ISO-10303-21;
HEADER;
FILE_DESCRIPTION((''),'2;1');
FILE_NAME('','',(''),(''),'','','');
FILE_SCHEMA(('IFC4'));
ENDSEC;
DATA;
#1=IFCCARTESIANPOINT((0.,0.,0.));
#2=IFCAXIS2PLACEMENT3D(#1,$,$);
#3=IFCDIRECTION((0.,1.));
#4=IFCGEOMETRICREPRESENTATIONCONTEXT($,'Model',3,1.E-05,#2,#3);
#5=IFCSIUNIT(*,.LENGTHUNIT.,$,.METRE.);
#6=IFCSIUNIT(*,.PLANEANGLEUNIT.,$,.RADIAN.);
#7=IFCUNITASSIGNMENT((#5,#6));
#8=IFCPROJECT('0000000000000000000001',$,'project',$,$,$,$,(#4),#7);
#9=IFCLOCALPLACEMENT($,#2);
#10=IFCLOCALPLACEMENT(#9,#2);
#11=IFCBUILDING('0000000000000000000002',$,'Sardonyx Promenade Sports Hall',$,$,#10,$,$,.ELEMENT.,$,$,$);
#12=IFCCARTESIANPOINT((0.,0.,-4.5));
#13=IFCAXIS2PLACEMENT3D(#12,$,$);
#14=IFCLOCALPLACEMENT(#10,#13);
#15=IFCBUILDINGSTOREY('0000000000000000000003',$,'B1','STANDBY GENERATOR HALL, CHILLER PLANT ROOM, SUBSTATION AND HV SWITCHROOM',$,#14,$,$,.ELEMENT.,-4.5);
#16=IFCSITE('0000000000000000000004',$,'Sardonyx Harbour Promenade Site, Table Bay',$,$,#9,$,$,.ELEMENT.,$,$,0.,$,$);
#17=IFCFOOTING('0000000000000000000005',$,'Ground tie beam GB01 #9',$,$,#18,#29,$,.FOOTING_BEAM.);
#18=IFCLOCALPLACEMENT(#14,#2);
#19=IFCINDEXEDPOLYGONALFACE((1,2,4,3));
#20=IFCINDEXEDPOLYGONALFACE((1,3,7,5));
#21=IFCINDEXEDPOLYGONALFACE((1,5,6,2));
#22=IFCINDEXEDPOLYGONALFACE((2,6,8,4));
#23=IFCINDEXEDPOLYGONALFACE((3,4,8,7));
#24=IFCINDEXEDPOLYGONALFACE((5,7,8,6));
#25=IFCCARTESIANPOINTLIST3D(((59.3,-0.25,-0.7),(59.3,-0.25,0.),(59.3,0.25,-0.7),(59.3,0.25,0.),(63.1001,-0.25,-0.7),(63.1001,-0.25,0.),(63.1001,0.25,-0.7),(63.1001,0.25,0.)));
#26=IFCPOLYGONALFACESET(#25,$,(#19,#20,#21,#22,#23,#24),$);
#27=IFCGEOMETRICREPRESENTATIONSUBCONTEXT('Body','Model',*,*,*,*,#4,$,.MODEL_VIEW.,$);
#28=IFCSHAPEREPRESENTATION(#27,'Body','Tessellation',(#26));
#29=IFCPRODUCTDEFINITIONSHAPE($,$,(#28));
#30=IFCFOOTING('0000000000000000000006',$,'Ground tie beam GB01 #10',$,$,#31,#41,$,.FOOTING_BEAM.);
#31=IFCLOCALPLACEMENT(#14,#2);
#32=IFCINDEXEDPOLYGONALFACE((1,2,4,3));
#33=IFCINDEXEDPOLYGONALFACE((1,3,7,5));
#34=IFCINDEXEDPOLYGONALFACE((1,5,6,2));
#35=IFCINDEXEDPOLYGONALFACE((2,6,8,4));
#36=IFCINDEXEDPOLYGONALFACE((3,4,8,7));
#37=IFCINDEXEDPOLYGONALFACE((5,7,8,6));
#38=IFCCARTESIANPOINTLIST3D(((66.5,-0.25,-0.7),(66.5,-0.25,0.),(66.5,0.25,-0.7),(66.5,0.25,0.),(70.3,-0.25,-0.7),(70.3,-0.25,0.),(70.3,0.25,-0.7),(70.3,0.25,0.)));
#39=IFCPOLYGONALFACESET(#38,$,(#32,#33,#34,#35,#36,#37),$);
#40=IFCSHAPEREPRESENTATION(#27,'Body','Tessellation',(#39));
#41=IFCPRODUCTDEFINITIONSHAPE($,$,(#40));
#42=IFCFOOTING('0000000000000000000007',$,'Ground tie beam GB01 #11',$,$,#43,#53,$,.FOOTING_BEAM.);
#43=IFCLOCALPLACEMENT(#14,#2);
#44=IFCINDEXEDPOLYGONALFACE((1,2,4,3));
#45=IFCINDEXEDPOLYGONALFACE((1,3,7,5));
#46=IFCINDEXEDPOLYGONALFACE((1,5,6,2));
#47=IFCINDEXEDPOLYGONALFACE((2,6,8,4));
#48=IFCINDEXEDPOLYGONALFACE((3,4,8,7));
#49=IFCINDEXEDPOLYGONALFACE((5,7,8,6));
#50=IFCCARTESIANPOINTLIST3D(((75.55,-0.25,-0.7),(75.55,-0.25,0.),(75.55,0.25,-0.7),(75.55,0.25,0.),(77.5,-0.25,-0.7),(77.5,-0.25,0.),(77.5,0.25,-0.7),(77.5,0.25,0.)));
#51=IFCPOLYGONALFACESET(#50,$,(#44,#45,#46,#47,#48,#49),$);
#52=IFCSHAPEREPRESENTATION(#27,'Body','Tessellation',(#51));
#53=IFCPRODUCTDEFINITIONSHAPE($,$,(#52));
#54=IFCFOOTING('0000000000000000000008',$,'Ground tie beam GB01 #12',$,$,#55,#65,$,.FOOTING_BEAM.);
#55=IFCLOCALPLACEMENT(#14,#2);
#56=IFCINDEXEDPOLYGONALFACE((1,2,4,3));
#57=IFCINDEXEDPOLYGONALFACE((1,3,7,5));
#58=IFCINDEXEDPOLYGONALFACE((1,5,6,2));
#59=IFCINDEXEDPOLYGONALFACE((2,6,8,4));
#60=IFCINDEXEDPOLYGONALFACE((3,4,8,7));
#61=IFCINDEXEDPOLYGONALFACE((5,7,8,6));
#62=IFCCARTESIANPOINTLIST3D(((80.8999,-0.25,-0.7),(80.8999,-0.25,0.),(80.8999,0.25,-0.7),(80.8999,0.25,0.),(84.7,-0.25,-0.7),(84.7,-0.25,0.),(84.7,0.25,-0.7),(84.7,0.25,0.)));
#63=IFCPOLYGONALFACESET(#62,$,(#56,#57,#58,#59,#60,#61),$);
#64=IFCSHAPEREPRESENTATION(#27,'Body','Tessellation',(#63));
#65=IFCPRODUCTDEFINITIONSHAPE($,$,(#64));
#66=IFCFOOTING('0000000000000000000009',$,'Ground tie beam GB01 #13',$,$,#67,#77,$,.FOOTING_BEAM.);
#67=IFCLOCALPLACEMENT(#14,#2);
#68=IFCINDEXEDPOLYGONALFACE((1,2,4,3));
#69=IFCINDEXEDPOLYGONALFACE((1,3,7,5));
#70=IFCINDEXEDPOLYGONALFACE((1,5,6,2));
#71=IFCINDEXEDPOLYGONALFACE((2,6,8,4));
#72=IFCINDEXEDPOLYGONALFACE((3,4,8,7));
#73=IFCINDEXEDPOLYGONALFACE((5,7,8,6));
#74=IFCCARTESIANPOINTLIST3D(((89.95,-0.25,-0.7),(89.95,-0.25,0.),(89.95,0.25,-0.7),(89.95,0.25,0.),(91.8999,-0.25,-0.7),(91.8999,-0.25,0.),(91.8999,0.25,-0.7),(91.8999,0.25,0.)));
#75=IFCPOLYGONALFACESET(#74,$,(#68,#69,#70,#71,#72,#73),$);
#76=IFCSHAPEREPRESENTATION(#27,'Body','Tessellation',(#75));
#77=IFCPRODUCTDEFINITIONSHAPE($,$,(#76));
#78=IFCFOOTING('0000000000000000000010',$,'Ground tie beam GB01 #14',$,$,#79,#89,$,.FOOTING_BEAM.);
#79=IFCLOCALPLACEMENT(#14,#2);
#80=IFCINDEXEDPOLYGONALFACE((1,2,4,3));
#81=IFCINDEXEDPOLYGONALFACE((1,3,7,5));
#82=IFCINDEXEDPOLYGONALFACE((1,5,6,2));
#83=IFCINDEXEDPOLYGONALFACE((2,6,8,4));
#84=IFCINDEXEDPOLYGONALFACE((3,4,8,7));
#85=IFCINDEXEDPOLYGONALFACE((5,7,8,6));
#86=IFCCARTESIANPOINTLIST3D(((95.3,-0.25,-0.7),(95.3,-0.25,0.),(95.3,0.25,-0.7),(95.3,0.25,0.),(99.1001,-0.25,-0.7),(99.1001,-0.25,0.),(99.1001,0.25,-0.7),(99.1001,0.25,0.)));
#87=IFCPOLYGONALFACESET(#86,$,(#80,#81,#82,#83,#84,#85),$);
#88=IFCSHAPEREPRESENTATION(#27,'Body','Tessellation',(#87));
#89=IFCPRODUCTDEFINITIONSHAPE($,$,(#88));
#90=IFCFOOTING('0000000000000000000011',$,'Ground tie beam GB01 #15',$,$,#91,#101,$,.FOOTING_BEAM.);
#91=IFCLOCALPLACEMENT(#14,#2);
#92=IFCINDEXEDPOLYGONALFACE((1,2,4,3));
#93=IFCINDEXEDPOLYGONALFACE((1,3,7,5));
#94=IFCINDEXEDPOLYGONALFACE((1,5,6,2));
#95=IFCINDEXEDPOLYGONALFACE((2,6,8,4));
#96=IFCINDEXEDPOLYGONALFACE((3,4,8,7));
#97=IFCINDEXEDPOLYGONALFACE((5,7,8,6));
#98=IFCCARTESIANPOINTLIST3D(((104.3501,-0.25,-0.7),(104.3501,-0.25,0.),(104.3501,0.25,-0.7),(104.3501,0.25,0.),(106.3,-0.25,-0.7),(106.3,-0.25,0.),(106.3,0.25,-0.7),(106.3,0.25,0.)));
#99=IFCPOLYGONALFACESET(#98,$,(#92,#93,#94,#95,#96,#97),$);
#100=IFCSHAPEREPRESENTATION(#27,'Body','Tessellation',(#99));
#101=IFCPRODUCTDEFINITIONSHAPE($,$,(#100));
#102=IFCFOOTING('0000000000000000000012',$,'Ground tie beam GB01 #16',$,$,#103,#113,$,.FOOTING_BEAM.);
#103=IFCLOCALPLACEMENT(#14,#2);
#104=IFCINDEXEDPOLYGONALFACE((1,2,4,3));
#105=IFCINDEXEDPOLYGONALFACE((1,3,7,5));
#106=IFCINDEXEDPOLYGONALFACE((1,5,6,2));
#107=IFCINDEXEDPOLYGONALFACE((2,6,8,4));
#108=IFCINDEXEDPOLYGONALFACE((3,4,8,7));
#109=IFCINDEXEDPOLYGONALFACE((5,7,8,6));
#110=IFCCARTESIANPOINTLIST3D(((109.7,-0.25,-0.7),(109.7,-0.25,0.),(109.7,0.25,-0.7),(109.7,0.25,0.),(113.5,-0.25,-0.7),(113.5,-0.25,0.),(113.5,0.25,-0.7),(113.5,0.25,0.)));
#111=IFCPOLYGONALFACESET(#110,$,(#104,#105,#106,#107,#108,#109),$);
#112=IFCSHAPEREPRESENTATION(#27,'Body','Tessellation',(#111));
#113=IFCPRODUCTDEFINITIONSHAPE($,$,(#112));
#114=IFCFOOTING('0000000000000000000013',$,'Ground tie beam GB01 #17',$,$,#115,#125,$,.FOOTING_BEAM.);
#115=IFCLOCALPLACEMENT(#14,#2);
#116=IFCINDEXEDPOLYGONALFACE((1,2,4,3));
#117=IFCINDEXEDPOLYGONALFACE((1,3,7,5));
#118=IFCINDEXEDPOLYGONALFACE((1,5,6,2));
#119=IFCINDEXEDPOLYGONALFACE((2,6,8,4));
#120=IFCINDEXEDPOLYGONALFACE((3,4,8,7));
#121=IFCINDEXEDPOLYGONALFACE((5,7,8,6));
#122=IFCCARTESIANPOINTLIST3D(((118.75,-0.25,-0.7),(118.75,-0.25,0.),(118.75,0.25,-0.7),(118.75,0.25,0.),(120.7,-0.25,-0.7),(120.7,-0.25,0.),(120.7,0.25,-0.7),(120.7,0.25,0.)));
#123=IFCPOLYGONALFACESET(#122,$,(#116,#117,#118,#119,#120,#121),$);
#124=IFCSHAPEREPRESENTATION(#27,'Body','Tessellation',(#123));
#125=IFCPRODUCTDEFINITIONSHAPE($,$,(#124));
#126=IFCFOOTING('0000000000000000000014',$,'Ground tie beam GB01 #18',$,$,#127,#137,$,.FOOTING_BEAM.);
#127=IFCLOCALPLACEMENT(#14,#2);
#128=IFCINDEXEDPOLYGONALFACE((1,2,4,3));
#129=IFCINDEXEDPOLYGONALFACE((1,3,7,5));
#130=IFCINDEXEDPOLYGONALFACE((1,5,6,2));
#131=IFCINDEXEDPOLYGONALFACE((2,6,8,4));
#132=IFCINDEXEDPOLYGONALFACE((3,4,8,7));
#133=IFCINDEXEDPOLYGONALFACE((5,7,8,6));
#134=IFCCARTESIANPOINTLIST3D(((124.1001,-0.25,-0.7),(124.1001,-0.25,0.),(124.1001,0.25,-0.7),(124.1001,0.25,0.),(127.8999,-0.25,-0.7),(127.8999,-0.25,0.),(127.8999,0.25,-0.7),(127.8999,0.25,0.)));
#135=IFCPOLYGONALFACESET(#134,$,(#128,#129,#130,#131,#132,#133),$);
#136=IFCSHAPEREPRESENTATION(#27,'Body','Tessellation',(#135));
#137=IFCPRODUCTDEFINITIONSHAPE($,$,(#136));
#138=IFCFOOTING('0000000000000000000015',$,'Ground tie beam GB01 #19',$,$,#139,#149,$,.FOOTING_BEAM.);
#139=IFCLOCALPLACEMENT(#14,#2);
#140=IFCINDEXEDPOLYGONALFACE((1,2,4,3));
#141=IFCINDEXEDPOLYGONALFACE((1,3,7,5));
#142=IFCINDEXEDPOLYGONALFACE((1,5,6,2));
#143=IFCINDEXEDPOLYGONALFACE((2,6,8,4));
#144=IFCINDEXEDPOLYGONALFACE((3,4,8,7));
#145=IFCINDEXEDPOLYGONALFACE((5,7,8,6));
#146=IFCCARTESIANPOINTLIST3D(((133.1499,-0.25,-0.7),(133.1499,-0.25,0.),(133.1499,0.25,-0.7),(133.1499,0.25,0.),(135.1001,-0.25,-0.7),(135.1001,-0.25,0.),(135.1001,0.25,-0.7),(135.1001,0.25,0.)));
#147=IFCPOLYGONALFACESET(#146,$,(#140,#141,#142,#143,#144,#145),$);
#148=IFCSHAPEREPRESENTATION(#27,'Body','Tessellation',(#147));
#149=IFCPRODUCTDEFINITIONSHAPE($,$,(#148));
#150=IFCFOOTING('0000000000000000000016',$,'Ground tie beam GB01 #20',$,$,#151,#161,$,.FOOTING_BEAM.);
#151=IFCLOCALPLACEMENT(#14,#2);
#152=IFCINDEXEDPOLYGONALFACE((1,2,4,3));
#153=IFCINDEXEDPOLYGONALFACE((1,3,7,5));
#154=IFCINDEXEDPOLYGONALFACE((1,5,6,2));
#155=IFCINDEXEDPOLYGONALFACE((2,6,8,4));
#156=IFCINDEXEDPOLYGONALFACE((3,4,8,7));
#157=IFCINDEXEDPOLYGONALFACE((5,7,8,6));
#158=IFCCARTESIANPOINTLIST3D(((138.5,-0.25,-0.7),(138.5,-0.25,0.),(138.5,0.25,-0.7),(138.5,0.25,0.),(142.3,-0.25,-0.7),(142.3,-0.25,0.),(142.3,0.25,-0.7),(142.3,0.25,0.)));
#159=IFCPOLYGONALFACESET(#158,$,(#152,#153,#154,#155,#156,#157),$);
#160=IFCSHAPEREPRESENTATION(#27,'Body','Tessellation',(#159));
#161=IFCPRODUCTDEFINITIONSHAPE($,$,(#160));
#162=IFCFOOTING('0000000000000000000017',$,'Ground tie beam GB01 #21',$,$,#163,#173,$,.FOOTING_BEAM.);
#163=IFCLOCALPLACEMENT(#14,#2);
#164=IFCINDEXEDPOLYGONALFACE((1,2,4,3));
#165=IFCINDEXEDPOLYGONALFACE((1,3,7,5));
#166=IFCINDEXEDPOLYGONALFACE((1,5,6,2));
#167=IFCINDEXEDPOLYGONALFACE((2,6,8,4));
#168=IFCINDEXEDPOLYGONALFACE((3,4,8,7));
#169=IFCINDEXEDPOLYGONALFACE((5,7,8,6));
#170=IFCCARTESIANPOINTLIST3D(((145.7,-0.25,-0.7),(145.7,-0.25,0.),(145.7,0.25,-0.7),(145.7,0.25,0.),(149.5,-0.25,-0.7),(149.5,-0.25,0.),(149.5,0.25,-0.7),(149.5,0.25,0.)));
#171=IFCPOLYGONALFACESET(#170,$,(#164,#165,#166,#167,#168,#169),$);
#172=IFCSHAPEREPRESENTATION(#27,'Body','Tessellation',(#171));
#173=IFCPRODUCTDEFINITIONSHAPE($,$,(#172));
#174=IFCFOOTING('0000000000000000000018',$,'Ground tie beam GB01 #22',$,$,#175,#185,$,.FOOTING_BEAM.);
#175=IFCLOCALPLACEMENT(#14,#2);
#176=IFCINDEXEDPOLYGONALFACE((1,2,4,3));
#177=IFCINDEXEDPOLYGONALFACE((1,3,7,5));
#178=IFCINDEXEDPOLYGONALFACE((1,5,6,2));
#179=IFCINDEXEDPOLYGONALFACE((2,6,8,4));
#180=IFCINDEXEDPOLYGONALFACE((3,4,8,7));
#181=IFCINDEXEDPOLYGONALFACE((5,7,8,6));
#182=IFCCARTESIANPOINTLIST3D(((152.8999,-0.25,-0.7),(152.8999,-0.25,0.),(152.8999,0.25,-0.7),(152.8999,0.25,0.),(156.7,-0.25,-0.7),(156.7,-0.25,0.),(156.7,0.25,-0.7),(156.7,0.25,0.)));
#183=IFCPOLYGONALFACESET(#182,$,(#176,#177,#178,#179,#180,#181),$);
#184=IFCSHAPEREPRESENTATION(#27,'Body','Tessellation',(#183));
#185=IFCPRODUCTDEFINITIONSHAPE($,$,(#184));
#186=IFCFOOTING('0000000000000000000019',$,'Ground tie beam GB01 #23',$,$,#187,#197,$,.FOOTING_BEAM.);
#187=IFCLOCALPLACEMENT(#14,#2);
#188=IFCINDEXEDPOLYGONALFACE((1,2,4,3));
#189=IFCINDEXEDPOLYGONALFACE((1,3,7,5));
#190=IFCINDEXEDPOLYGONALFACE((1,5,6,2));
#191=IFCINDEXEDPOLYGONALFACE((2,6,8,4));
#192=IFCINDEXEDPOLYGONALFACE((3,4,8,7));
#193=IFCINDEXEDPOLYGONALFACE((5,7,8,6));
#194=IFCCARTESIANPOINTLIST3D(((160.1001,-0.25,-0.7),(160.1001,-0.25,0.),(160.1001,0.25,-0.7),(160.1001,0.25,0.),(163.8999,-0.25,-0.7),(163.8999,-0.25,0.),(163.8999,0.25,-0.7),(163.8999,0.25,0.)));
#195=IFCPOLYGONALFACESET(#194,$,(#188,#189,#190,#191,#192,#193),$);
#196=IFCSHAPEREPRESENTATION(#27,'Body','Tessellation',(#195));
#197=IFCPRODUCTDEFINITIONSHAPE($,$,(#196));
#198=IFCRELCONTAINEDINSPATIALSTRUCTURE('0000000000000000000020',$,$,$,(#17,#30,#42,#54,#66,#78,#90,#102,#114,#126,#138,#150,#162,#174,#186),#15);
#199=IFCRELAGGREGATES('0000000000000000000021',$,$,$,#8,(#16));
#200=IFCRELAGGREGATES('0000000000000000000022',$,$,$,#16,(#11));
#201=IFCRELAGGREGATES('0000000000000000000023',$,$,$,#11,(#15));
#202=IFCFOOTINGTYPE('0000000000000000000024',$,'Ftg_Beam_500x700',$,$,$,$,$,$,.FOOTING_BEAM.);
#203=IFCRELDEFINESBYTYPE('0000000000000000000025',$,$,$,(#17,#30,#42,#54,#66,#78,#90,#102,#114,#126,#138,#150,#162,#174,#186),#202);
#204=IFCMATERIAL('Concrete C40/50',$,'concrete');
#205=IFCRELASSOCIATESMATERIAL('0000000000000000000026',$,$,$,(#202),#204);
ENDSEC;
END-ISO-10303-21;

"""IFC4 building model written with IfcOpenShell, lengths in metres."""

from ifc_helpers import new_model, si_unit, direction, frame, origin, place, context, subcontext, project, spatial, polyline, outline, extrude, material, type_object, element, save


model = new_model("IFC4")

# Units and contexts
model_context = context("Model", 3, precision=1e-05, world=origin(), true_north=direction((0.0, 1.0)))
body_context = subcontext(model_context, "Body", "Model", "MODEL_VIEW")
ifc_project = project(units=[si_unit("LENGTHUNIT", "METRE"), si_unit("PLANEANGLEUNIT", "RADIAN")], contexts=[model_context])

# Site, building, storey
site_placement = place(None, origin())
site = spatial("IfcSite", under=ifc_project, at=site_placement, Name="Sardonyx Harbour Promenade Site, Table Bay", CompositionType="ELEMENT", RefElevation=0.0)
building_placement = place(site_placement, origin())
building = spatial("IfcBuilding", under=site, at=building_placement, Name="Sardonyx Promenade Sports Hall", CompositionType="ELEMENT")
storey_placement = place(building_placement, frame((0.0, 0.0, -4.5)))
storey = spatial("IfcBuildingStorey", under=building, at=storey_placement, Name="B1", Description="STANDBY GENERATOR HALL, CHILLER PLANT ROOM, SUBSTATION AND HV SWITCHROOM", CompositionType="ELEMENT", Elevation=-4.5)

# Footings
ifc_material = material(Name="Concrete C40/50", Category="concrete")
footing_type = type_object("IfcFootingType", Name="Ftg_Beam_500x700", PredefinedType="FOOTING_BEAM", material=ifc_material)
footing_1_placement = place(storey_placement, frame((0.0, 0.0, -0.7)))
element("IfcFooting", 1, at=footing_1_placement, inside=storey, type_object=footing_type, Name="Ground tie beam GB01 #9", PredefinedType="FOOTING_BEAM", context=body_context, shape_type="SweptSolid", body=[
    extrude(outline(polyline([(59.3, -0.25), (63.1001, -0.25), (63.1001, 0.25), (59.3, 0.25), (59.3, -0.25)])), origin(), (0.0, 0.0, 1.0), 0.7),
])
footing_2_placement = place(storey_placement, frame((0.0, 0.0, -0.7)))
element("IfcFooting", 2, at=footing_2_placement, inside=storey, type_object=footing_type, Name="Ground tie beam GB01 #10", PredefinedType="FOOTING_BEAM", context=body_context, shape_type="SweptSolid", body=[
    extrude(outline(polyline([(66.5, -0.25), (70.3, -0.25), (70.3, 0.25), (66.5, 0.25), (66.5, -0.25)])), origin(), (0.0, 0.0, 1.0), 0.7),
])
footing_3_placement = place(storey_placement, frame((0.0, 0.0, -0.7)))
element("IfcFooting", 3, at=footing_3_placement, inside=storey, type_object=footing_type, Name="Ground tie beam GB01 #11", PredefinedType="FOOTING_BEAM", context=body_context, shape_type="SweptSolid", body=[
    extrude(outline(polyline([(75.55, -0.25), (77.5, -0.25), (77.5, 0.25), (75.55, 0.25), (75.55, -0.25)])), origin(), (0.0, 0.0, 1.0), 0.7),
])
footing_4_placement = place(storey_placement, frame((0.0, 0.0, -0.7)))
element("IfcFooting", 4, at=footing_4_placement, inside=storey, type_object=footing_type, Name="Ground tie beam GB01 #12", PredefinedType="FOOTING_BEAM", context=body_context, shape_type="SweptSolid", body=[
    extrude(outline(polyline([(80.8999, -0.25), (84.7, -0.25), (84.7, 0.25), (80.8999, 0.25), (80.8999, -0.25)])), origin(), (0.0, 0.0, 1.0), 0.7),
])
footing_5_placement = place(storey_placement, frame((0.0, 0.0, -0.7)))
element("IfcFooting", 5, at=footing_5_placement, inside=storey, type_object=footing_type, Name="Ground tie beam GB01 #13", PredefinedType="FOOTING_BEAM", context=body_context, shape_type="SweptSolid", body=[
    extrude(outline(polyline([(89.95, -0.25), (91.8999, -0.25), (91.8999, 0.25), (89.95, 0.25), (89.95, -0.25)])), origin(), (0.0, 0.0, 1.0), 0.7),
])
footing_6_placement = place(storey_placement, frame((0.0, 0.0, -0.7)))
element("IfcFooting", 6, at=footing_6_placement, inside=storey, type_object=footing_type, Name="Ground tie beam GB01 #14", PredefinedType="FOOTING_BEAM", context=body_context, shape_type="SweptSolid", body=[
    extrude(outline(polyline([(95.3, -0.25), (99.1001, -0.25), (99.1001, 0.25), (95.3, 0.25), (95.3, -0.25)])), origin(), (0.0, 0.0, 1.0), 0.7),
])
footing_7_placement = place(storey_placement, frame((0.0, 0.0, -0.7)))
element("IfcFooting", 7, at=footing_7_placement, inside=storey, type_object=footing_type, Name="Ground tie beam GB01 #15", PredefinedType="FOOTING_BEAM", context=body_context, shape_type="SweptSolid", body=[
    extrude(outline(polyline([(104.3501, -0.25), (106.3, -0.25), (106.3, 0.25), (104.3501, 0.25), (104.3501, -0.25)])), origin(), (0.0, 0.0, 1.0), 0.7),
])
footing_8_placement = place(storey_placement, frame((0.0, 0.0, -0.7)))
element("IfcFooting", 8, at=footing_8_placement, inside=storey, type_object=footing_type, Name="Ground tie beam GB01 #16", PredefinedType="FOOTING_BEAM", context=body_context, shape_type="SweptSolid", body=[
    extrude(outline(polyline([(109.7, -0.25), (113.5, -0.25), (113.5, 0.25), (109.7, 0.25), (109.7, -0.25)])), origin(), (0.0, 0.0, 1.0), 0.7),
])
footing_9_placement = place(storey_placement, frame((0.0, 0.0, -0.7)))
element("IfcFooting", 9, at=footing_9_placement, inside=storey, type_object=footing_type, Name="Ground tie beam GB01 #17", PredefinedType="FOOTING_BEAM", context=body_context, shape_type="SweptSolid", body=[
    extrude(outline(polyline([(118.75, -0.25), (120.7, -0.25), (120.7, 0.25), (118.75, 0.25), (118.75, -0.25)])), origin(), (0.0, 0.0, 1.0), 0.7),
])
footing_10_placement = place(storey_placement, frame((0.0, 0.0, -0.7)))
element("IfcFooting", 10, at=footing_10_placement, inside=storey, type_object=footing_type, Name="Ground tie beam GB01 #18", PredefinedType="FOOTING_BEAM", context=body_context, shape_type="SweptSolid", body=[
    extrude(outline(polyline([(124.1001, -0.25), (127.8999, -0.25), (127.8999, 0.25), (124.1001, 0.25), (124.1001, -0.25)])), origin(), (0.0, 0.0, 1.0), 0.7),
])
footing_11_placement = place(storey_placement, frame((0.0, 0.0, -0.7)))
element("IfcFooting", 11, at=footing_11_placement, inside=storey, type_object=footing_type, Name="Ground tie beam GB01 #19", PredefinedType="FOOTING_BEAM", context=body_context, shape_type="SweptSolid", body=[
    extrude(outline(polyline([(133.1499, -0.25), (135.1001, -0.25), (135.1001, 0.25), (133.1499, 0.25), (133.1499, -0.25)])), origin(), (0.0, 0.0, 1.0), 0.7),
])
footing_12_placement = place(storey_placement, frame((0.0, 0.0, -0.7)))
element("IfcFooting", 12, at=footing_12_placement, inside=storey, type_object=footing_type, Name="Ground tie beam GB01 #20", PredefinedType="FOOTING_BEAM", context=body_context, shape_type="SweptSolid", body=[
    extrude(outline(polyline([(138.5, -0.25), (142.3, -0.25), (142.3, 0.25), (138.5, 0.25), (138.5, -0.25)])), origin(), (0.0, 0.0, 1.0), 0.7),
])
footing_13_placement = place(storey_placement, frame((0.0, 0.0, -0.7)))
element("IfcFooting", 13, at=footing_13_placement, inside=storey, type_object=footing_type, Name="Ground tie beam GB01 #21", PredefinedType="FOOTING_BEAM", context=body_context, shape_type="SweptSolid", body=[
    extrude(outline(polyline([(145.7, -0.25), (149.5, -0.25), (149.5, 0.25), (145.7, 0.25), (145.7, -0.25)])), origin(), (0.0, 0.0, 1.0), 0.7),
])
footing_14_placement = place(storey_placement, frame((0.0, 0.0, -0.7)))
element("IfcFooting", 14, at=footing_14_placement, inside=storey, type_object=footing_type, Name="Ground tie beam GB01 #22", PredefinedType="FOOTING_BEAM", context=body_context, shape_type="SweptSolid", body=[
    extrude(outline(polyline([(152.8999, -0.25), (156.7, -0.25), (156.7, 0.25), (152.8999, 0.25), (152.8999, -0.25)])), origin(), (0.0, 0.0, 1.0), 0.7),
])
footing_15_placement = place(storey_placement, frame((0.0, 0.0, -0.7)))
element("IfcFooting", 15, at=footing_15_placement, inside=storey, type_object=footing_type, Name="Ground tie beam GB01 #23", PredefinedType="FOOTING_BEAM", context=body_context, shape_type="SweptSolid", body=[
    extrude(outline(polyline([(160.1001, -0.25), (163.8999, -0.25), (163.8999, 0.25), (160.1001, 0.25), (160.1001, -0.25)])), origin(), (0.0, 0.0, 1.0), 0.7),
])

save(model, "model.ifc")
